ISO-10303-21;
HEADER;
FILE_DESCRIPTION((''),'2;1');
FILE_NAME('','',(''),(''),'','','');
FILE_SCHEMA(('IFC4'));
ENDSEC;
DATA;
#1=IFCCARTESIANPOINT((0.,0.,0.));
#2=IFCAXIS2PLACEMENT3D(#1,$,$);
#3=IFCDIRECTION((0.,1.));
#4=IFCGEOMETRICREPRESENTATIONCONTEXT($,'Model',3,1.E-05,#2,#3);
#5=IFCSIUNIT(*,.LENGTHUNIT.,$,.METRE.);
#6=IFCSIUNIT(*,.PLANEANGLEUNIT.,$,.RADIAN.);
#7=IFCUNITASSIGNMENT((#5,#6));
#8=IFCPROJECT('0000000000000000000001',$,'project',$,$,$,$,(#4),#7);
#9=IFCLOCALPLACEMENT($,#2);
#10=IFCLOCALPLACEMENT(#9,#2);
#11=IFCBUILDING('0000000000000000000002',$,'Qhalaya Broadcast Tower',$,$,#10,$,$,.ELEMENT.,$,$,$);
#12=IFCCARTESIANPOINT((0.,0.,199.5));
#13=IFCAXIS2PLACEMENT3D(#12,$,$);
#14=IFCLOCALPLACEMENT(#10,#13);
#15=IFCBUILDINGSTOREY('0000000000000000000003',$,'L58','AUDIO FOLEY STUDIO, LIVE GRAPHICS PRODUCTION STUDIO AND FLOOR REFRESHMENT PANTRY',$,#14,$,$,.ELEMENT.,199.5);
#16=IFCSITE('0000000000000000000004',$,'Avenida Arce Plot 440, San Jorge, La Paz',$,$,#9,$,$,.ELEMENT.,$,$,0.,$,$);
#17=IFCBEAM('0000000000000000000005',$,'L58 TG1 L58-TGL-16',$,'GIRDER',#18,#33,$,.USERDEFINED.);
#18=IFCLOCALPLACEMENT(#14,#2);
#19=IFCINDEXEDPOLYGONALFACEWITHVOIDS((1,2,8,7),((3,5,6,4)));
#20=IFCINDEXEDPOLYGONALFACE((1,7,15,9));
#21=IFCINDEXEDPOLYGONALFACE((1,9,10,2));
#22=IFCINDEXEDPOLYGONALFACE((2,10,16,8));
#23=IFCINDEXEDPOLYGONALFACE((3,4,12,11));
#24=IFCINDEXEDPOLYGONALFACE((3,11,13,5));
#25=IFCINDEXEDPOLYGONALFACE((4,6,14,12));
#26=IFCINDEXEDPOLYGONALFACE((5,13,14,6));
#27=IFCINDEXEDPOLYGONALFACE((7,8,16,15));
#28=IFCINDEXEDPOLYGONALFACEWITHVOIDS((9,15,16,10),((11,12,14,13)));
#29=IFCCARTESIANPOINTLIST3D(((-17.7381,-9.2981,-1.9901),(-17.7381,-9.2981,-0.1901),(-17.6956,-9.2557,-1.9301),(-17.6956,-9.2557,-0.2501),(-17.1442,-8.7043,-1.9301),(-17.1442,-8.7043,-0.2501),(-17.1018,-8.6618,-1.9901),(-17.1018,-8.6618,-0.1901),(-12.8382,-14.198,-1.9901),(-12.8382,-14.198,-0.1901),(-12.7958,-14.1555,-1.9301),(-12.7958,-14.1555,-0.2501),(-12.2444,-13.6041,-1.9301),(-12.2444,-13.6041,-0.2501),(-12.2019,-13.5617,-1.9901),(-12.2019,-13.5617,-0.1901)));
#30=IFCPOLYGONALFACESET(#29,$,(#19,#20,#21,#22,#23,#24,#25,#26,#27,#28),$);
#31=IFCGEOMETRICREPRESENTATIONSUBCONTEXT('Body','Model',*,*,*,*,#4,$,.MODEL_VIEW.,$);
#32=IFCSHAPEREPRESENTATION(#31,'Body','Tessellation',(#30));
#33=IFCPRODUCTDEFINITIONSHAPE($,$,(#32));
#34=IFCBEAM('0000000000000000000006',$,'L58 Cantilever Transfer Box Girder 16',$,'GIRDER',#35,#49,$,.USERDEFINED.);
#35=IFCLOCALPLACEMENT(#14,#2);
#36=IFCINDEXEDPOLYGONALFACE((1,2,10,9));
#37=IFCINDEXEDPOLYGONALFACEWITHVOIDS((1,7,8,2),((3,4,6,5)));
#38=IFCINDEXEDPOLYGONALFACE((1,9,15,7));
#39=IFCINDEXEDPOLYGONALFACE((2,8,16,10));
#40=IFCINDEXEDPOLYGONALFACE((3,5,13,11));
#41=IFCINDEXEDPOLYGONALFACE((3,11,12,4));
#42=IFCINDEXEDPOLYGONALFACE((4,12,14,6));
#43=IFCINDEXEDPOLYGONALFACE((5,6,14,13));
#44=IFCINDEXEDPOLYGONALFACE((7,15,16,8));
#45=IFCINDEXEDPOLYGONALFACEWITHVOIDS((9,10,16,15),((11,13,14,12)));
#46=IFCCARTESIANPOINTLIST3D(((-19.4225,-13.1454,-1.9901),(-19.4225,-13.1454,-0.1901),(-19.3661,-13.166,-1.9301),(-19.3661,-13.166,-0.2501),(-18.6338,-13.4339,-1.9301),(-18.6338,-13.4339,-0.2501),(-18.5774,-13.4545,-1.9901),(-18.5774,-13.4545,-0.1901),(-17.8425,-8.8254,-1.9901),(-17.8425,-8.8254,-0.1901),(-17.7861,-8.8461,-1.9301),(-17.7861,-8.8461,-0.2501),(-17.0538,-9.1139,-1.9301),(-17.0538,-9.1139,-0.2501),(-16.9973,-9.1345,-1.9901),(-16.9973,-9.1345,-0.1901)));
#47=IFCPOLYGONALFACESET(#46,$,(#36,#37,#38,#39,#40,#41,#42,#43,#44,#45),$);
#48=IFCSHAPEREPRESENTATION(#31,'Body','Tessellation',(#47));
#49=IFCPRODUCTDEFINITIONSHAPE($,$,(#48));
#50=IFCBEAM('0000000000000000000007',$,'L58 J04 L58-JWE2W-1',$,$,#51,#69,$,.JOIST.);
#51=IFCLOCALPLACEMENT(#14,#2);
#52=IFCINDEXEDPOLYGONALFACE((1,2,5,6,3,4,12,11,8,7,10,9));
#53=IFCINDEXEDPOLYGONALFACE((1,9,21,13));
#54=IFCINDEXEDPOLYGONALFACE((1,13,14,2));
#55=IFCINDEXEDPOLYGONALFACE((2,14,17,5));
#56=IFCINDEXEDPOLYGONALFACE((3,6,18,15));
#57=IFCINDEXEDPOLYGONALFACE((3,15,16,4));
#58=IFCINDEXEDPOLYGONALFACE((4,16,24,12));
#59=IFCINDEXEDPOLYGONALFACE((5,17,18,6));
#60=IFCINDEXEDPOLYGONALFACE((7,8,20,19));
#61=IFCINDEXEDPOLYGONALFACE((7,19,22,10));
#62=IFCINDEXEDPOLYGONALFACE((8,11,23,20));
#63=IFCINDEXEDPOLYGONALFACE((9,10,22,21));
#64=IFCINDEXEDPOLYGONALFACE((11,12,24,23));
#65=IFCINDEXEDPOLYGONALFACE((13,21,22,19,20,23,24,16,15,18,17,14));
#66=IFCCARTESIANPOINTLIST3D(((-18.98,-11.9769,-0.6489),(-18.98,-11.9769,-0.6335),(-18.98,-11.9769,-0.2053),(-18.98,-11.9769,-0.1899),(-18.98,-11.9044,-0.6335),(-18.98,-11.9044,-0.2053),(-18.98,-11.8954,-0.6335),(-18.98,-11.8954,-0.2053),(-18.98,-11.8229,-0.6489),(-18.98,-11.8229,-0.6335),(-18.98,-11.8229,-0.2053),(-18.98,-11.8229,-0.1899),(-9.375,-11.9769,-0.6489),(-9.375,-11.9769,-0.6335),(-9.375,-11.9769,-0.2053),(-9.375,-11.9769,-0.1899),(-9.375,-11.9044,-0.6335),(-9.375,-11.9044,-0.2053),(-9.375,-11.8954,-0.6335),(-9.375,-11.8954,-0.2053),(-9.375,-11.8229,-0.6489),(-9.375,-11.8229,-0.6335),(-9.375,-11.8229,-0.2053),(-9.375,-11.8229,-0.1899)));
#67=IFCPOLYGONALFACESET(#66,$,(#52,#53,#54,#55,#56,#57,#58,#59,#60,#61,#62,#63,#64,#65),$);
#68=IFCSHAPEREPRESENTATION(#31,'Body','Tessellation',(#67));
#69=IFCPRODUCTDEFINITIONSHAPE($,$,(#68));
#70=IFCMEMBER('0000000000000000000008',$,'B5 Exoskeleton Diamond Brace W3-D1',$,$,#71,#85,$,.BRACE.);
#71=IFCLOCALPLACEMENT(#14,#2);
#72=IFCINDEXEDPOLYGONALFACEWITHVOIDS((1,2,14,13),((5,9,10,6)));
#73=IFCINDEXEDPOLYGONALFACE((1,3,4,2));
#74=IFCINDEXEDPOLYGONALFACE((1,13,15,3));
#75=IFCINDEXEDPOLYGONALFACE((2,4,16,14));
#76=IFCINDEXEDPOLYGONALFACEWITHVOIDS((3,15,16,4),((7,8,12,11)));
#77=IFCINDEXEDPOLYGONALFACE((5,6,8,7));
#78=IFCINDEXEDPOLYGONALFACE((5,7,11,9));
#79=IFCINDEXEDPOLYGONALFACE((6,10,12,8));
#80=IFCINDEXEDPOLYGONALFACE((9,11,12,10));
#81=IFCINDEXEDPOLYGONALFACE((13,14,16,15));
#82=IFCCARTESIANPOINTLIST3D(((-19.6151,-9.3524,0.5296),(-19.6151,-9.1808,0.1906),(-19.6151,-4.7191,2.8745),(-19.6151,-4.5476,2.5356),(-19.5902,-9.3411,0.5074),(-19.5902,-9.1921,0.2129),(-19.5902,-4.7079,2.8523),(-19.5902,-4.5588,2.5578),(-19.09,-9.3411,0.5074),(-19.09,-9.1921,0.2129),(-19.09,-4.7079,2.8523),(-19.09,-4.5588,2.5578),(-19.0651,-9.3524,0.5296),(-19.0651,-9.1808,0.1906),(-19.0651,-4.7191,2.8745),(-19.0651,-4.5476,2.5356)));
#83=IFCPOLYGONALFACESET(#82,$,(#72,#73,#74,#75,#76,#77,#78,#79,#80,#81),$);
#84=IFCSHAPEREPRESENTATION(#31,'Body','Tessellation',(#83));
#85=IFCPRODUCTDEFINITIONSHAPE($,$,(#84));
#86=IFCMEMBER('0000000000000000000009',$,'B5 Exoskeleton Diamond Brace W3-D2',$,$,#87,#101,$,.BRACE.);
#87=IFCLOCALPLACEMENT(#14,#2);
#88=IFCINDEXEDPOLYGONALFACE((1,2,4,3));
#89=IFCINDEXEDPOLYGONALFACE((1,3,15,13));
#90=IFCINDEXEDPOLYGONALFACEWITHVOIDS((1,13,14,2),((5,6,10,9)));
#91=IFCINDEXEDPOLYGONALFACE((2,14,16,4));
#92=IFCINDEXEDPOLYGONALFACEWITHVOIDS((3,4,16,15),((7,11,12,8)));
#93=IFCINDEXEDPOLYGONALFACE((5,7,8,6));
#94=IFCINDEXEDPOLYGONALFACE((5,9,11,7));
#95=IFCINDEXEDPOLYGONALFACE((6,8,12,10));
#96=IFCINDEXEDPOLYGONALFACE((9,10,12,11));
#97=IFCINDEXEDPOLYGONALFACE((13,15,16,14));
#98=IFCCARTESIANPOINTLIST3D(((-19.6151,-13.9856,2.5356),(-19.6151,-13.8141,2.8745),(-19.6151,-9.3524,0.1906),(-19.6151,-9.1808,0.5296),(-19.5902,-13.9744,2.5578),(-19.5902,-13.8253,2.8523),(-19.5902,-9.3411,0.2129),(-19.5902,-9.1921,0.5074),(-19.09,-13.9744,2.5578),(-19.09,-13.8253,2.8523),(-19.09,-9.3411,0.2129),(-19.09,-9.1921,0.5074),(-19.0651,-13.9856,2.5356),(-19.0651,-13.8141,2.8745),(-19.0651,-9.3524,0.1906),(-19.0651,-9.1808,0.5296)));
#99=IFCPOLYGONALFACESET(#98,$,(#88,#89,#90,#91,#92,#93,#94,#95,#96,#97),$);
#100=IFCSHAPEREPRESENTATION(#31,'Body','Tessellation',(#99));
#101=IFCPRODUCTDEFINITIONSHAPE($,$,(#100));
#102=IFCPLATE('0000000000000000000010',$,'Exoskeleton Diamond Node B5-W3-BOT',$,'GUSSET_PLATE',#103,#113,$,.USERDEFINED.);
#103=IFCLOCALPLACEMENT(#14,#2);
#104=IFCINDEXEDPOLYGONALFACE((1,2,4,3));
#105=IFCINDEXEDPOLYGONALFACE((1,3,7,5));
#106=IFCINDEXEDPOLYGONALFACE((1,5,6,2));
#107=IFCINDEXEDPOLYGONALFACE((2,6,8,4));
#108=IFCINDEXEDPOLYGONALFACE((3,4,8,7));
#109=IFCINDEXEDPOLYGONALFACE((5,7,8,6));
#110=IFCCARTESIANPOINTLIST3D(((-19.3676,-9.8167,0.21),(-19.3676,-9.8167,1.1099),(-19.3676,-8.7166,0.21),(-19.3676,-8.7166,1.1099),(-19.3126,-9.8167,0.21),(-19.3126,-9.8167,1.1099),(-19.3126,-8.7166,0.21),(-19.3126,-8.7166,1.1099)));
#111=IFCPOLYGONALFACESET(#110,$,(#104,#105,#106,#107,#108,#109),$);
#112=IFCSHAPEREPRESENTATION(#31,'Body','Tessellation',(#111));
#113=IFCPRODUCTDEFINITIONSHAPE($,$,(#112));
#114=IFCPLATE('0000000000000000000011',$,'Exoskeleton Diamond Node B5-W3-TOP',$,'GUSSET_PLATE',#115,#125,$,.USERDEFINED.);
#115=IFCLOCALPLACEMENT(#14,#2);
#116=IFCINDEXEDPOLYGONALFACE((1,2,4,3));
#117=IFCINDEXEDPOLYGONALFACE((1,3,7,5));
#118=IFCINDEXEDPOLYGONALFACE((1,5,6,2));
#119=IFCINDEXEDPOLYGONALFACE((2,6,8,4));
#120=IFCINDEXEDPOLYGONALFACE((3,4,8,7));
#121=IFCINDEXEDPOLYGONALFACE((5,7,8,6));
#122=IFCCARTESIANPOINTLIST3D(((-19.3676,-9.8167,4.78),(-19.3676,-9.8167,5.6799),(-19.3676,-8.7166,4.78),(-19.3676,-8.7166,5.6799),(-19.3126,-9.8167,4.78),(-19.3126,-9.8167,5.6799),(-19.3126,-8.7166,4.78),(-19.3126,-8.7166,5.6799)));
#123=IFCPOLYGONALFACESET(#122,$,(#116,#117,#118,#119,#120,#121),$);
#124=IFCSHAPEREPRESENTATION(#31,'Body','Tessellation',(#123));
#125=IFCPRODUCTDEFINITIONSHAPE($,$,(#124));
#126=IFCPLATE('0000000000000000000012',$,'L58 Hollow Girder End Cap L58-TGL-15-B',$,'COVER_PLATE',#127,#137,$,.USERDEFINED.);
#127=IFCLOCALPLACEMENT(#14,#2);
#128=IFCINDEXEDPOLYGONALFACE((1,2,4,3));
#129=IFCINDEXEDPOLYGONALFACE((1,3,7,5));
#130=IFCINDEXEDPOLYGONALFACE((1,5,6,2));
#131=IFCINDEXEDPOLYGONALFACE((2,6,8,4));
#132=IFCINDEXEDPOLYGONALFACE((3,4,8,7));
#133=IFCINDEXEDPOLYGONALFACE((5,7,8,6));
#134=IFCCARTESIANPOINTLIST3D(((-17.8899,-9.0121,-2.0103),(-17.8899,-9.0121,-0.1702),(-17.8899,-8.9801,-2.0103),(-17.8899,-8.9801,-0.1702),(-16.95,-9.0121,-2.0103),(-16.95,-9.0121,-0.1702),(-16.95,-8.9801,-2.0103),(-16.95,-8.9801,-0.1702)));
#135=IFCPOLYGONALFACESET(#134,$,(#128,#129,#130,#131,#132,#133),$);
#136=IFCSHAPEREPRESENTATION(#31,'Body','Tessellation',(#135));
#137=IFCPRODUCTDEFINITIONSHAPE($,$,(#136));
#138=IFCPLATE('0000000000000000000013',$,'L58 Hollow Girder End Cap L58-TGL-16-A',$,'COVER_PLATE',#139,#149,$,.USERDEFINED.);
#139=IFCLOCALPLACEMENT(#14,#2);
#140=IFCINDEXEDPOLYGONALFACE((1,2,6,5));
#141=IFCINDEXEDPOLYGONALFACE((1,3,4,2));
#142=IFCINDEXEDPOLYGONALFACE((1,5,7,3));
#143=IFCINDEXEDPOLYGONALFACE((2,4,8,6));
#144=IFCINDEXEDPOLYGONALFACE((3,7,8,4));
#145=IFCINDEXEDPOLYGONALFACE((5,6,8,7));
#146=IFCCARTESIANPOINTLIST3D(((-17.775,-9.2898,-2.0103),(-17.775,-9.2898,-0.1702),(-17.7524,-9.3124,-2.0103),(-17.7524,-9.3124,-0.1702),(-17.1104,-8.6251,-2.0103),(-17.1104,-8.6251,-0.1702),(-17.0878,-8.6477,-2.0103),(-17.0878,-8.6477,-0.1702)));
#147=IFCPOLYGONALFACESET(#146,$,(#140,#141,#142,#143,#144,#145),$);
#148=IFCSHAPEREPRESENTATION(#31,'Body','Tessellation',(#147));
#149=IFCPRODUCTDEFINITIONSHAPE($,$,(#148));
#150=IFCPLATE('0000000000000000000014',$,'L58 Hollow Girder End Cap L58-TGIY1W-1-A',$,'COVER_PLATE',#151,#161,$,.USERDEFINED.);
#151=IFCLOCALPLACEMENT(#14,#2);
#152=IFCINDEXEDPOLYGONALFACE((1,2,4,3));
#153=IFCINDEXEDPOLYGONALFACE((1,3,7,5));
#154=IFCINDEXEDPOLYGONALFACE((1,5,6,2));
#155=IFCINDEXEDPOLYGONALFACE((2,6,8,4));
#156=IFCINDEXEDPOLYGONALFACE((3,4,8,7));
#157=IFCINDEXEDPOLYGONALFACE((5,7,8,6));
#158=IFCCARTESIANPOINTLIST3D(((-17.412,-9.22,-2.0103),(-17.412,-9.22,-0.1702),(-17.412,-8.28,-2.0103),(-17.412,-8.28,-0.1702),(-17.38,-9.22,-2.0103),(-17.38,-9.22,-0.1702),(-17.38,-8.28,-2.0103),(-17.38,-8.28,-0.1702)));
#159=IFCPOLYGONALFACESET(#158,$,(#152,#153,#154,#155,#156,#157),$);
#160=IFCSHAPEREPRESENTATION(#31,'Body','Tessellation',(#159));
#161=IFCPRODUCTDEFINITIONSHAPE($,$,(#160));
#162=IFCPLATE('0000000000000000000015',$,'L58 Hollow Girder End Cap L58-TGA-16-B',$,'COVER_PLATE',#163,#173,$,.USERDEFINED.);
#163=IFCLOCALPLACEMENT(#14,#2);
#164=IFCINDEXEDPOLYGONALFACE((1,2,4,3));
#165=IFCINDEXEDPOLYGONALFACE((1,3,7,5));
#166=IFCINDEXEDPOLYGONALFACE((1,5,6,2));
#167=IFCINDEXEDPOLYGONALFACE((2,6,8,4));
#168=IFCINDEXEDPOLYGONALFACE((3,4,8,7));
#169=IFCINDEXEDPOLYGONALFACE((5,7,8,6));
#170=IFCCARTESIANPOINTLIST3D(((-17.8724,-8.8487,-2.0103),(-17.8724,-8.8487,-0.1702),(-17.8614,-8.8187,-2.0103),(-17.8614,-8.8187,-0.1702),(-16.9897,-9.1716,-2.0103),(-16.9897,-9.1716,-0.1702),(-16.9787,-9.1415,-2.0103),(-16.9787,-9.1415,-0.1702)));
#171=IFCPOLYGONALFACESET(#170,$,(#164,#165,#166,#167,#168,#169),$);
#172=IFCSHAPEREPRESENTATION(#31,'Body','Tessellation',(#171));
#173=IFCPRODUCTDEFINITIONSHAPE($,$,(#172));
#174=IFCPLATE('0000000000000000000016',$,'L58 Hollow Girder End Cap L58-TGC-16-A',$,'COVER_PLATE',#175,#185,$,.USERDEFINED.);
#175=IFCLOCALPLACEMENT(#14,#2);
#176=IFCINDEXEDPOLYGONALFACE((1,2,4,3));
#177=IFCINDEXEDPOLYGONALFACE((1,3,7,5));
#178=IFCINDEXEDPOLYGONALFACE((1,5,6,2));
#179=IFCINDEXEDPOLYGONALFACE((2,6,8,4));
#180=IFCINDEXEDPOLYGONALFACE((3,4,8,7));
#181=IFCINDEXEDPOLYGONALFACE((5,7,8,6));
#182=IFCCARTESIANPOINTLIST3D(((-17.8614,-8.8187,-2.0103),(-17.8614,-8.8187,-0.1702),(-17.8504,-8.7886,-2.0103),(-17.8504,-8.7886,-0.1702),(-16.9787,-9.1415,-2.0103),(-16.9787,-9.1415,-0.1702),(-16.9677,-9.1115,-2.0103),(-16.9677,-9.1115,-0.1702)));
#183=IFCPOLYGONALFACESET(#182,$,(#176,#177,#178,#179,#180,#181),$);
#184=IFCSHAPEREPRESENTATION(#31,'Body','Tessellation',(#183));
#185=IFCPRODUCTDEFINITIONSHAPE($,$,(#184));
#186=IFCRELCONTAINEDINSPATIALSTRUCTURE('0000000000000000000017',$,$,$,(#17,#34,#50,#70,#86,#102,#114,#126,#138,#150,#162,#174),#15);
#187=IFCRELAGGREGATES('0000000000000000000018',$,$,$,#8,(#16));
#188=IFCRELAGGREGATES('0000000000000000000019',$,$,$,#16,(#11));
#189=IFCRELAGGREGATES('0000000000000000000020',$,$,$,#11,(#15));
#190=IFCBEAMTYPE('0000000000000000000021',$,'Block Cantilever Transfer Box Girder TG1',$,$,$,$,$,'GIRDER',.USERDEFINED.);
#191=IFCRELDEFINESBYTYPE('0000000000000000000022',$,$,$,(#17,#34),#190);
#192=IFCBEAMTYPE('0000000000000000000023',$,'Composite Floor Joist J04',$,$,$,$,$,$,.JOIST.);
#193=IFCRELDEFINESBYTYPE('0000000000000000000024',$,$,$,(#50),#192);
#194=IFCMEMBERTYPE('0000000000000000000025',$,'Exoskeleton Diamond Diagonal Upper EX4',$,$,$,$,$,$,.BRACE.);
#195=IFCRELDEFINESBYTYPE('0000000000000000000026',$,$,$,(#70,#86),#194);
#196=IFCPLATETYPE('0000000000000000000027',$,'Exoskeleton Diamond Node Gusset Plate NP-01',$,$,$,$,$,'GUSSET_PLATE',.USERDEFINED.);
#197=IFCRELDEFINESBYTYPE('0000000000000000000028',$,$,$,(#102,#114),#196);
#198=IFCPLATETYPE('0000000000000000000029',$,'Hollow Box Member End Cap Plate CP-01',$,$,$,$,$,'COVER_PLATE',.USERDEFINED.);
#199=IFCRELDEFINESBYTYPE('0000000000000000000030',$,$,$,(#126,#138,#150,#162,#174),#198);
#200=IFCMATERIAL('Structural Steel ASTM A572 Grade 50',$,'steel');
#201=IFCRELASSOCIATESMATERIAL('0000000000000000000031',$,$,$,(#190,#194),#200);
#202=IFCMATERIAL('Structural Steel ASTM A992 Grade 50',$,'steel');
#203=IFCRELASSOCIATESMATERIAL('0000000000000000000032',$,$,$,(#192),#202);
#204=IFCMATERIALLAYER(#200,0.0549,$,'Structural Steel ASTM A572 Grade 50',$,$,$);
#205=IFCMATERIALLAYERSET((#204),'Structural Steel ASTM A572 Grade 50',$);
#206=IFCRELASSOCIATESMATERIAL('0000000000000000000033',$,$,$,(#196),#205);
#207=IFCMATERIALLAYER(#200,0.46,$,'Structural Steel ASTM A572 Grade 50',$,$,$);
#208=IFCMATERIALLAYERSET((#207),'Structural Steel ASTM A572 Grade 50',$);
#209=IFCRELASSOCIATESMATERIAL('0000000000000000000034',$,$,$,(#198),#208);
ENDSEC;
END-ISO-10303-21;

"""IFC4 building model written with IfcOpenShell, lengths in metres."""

from ifc_helpers import new_model, si_unit, direction, frame, origin, origin_2d, place, context, subcontext, project, spatial, rectangle, hollow_rectangle, i_section, extrude, material, layer, layer_set, material_profile, profile_set, type_object, element, save


model = new_model("IFC4")

# Units and contexts
model_context = context("Model", 3, precision=1e-05, world=origin(), true_north=direction((0.0, 1.0)))
body_context = subcontext(model_context, "Body", "Model", "MODEL_VIEW")
ifc_project = project(units=[si_unit("LENGTHUNIT", "METRE"), si_unit("PLANEANGLEUNIT", "RADIAN")], contexts=[model_context])

# Site, building, storey
site_placement = place(None, origin())
site = spatial("IfcSite", under=ifc_project, at=site_placement, Name="Avenida Arce Plot 440, San Jorge, La Paz", CompositionType="ELEMENT", RefElevation=0.0)
building_placement = place(site_placement, origin())
building = spatial("IfcBuilding", under=site, at=building_placement, Name="Qhalaya Broadcast Tower", CompositionType="ELEMENT")
storey_placement = place(building_placement, frame((0.0, 0.0, 199.5)))
storey = spatial("IfcBuildingStorey", under=building, at=storey_placement, Name="L58", Description="AUDIO FOLEY STUDIO, LIVE GRAPHICS PRODUCTION STUDIO AND FLOOR REFRESHMENT PANTRY", CompositionType="ELEMENT", Elevation=199.5)

# Beams
ifc_material_1 = material(Name="Structural Steel ASTM A572 Grade 50", Category="steel")
ifc_material_profile_1 = material_profile(ifc_material_1, hollow_rectangle(XDim=0.8999, YDim=1.8, WallThickness=0.0601, at=origin_2d()), Name="BOX 900x1800x60")
ifc_profile_set_1 = profile_set([ifc_material_profile_1], Name="Structural Steel ASTM A572 Grade 50")
beam_type_1 = type_object("IfcBeamType", Name="Block Cantilever Transfer Box Girder TG1", ElementType="GIRDER", PredefinedType="USERDEFINED", material=ifc_profile_set_1)
beam_1_placement = place(storey_placement, frame((-17.4199, -8.98, -1.0901), z_axis=(0.707107, -0.707107, 0.0), x_axis=(0.707107, 0.707107, 0.0)))
element("IfcBeam", 1, at=beam_1_placement, inside=storey, type_object=beam_type_1, Name="L58 TG1 L58-TGL-16", ObjectType="GIRDER", PredefinedType="USERDEFINED", context=body_context, shape_type="SweptSolid", body=[
    extrude(hollow_rectangle(XDim=0.8999, YDim=1.8, WallThickness=0.0601, at=origin_2d()), origin(), (0.0, 0.0, 1.0), 6.9294),
])
beam_2_placement = place(storey_placement, frame((-17.4199, -8.98, -1.0901), z_axis=(-0.343498, -0.939153, 0.0), x_axis=(0.939153, -0.343498, 0.0)))
element("IfcBeam", 2, at=beam_2_placement, inside=storey, type_object=beam_type_1, Name="L58 Cantilever Transfer Box Girder 16", ObjectType="GIRDER", PredefinedType="USERDEFINED", context=body_context, shape_type="SweptSolid", body=[
    extrude(hollow_rectangle(XDim=0.8999, YDim=1.8, WallThickness=0.0601, at=origin_2d()), origin(), (0.0, 0.0, 1.0), 4.5999),
])
ifc_material_2 = material(Name="Structural Steel ASTM A992 Grade 50", Category="steel")
ifc_material_profile_2 = material_profile(ifc_material_2, i_section(OverallWidth=0.1541, OverallDepth=0.459, WebThickness=0.009, FlangeThickness=0.0154, at=origin_2d()), Name="W18X46")
ifc_profile_set_2 = profile_set([ifc_material_profile_2], Name="Structural Steel ASTM A992 Grade 50")
beam_type_2 = type_object("IfcBeamType", Name="Composite Floor Joist J04", PredefinedType="JOIST", material=ifc_profile_set_2)
beam_3_placement = place(storey_placement, frame((-18.98, -11.8999, -0.4194), z_axis=(1.0, 0.0, 0.0), x_axis=(0.0, 1.0, 0.0)))
element("IfcBeam", 3, at=beam_3_placement, inside=storey, type_object=beam_type_2, Name="L58 J04 L58-JWE2W-1", PredefinedType="JOIST", context=body_context, shape_type="SweptSolid", body=[
    extrude(i_section(OverallWidth=0.1541, OverallDepth=0.459, WebThickness=0.009, FlangeThickness=0.0154, at=origin_2d()), origin(), (0.0, 0.0, 1.0), 9.605),
])

# Members
ifc_material_profile_3 = material_profile(ifc_material_1, hollow_rectangle(XDim=0.3799, YDim=0.55, WallThickness=0.0249, at=origin_2d()), Name="BOX 380x550x25")
ifc_profile_set_3 = profile_set([ifc_material_profile_3], Name="Structural Steel ASTM A572 Grade 50")
member_type = type_object("IfcMemberType", Name="Exoskeleton Diamond Diagonal Upper EX4", PredefinedType="BRACE", material=ifc_profile_set_3)
for number, where, z_axis, x_axis, name in (
    (4, (-19.3401, -9.2666, 0.3601), (0.0, 0.892235, 0.451571), (0.0, -0.451571, 0.892235), "B5 Exoskeleton Diamond Brace W3-D1"),
    (5, (-19.3401, -9.2666, 0.3601), (0.0, -0.892235, 0.451571), (0.0, 0.451571, 0.892235), "B5 Exoskeleton Diamond Brace W3-D2"),
):
    element("IfcMember", number, at=place(storey_placement, frame(where, z_axis=z_axis, x_axis=x_axis)), inside=storey, type_object=member_type, Name=name, PredefinedType="BRACE", context=body_context, shape_type="SweptSolid", body=[
        extrude(hollow_rectangle(XDim=0.3799, YDim=0.55, WallThickness=0.0249, at=origin_2d()), origin(), (0.0, 0.0, 1.0), 5.1929),
    ])

# Plates
ifc_layer_1 = layer(ifc_material_1, 0.0549, Name="Structural Steel ASTM A572 Grade 50")
ifc_layer_set_1 = layer_set([ifc_layer_1], Name="Structural Steel ASTM A572 Grade 50")
plate_type_1 = type_object("IfcPlateType", Name="Exoskeleton Diamond Node Gusset Plate NP-01", ElementType="GUSSET_PLATE", PredefinedType="USERDEFINED", material=ifc_layer_set_1)
for number, where, z_axis, x_axis, name in (
    (6, (-19.3401, -9.2666, 0.21), (0.0, 0.0, 1.0), (0.0, 1.0, 0.0), "Exoskeleton Diamond Node B5-W3-BOT"),
    (7, (-19.3401, -9.2666, 4.78), (0.0, 0.0, 1.0), (0.0, 1.0, 0.0), "Exoskeleton Diamond Node B5-W3-TOP"),
):
    element("IfcPlate", number, at=place(storey_placement, frame(where, z_axis=z_axis, x_axis=x_axis)), inside=storey, type_object=plate_type_1, Name=name, ObjectType="GUSSET_PLATE", PredefinedType="USERDEFINED", context=body_context, shape_type="SweptSolid", body=[
        extrude(rectangle(XDim=1.1001, YDim=0.0549, at=origin_2d()), origin(), (0.0, 0.0, 1.0), 0.8999),
    ])
ifc_layer_2 = layer(ifc_material_1, 0.46, Name="Structural Steel ASTM A572 Grade 50")
ifc_layer_set_2 = layer_set([ifc_layer_2], Name="Structural Steel ASTM A572 Grade 50")
plate_type_2 = type_object("IfcPlateType", Name="Hollow Box Member End Cap Plate CP-01", ElementType="COVER_PLATE", PredefinedType="USERDEFINED", material=ifc_layer_set_2)
for number, where, z_axis, x_axis, name in (
    (8, (-17.4199, -8.9961, -2.0103), (0.0, 0.0, 1.0), (1.0, 0.0, 0.0), "L58 Hollow Girder End Cap L58-TGL-15-B"),
    (9, (-17.4314, -8.9688, -2.0103), (0.0, 0.0, 1.0), (0.707107, 0.707107, 0.0), "L58 Hollow Girder End Cap L58-TGL-16-A"),
    (10, (-17.396, -8.75, -2.0103), (0.0, 0.0, 1.0), (0.0, 1.0, 0.0), "L58 Hollow Girder End Cap L58-TGIY1W-1-A"),
    (11, (-17.4255, -8.9951, -2.0103), (0.0, 0.0, 1.0), (0.939154, -0.343496, 0.0), "L58 Hollow Girder End Cap L58-TGA-16-B"),
    (12, (-17.4146, -8.9651, -2.0103), (0.0, 0.0, 1.0), (0.939154, -0.343496, 0.0), "L58 Hollow Girder End Cap L58-TGC-16-A"),
):
    element("IfcPlate", number, at=place(storey_placement, frame(where, z_axis=z_axis, x_axis=x_axis)), inside=storey, type_object=plate_type_2, Name=name, ObjectType="COVER_PLATE", PredefinedType="USERDEFINED", context=body_context, shape_type="SweptSolid", body=[
        extrude(rectangle(XDim=0.9399, YDim=0.032, at=origin_2d()), origin(), (0.0, 0.0, 1.0), 1.8401),
    ])

save(model, "model.ifc")
